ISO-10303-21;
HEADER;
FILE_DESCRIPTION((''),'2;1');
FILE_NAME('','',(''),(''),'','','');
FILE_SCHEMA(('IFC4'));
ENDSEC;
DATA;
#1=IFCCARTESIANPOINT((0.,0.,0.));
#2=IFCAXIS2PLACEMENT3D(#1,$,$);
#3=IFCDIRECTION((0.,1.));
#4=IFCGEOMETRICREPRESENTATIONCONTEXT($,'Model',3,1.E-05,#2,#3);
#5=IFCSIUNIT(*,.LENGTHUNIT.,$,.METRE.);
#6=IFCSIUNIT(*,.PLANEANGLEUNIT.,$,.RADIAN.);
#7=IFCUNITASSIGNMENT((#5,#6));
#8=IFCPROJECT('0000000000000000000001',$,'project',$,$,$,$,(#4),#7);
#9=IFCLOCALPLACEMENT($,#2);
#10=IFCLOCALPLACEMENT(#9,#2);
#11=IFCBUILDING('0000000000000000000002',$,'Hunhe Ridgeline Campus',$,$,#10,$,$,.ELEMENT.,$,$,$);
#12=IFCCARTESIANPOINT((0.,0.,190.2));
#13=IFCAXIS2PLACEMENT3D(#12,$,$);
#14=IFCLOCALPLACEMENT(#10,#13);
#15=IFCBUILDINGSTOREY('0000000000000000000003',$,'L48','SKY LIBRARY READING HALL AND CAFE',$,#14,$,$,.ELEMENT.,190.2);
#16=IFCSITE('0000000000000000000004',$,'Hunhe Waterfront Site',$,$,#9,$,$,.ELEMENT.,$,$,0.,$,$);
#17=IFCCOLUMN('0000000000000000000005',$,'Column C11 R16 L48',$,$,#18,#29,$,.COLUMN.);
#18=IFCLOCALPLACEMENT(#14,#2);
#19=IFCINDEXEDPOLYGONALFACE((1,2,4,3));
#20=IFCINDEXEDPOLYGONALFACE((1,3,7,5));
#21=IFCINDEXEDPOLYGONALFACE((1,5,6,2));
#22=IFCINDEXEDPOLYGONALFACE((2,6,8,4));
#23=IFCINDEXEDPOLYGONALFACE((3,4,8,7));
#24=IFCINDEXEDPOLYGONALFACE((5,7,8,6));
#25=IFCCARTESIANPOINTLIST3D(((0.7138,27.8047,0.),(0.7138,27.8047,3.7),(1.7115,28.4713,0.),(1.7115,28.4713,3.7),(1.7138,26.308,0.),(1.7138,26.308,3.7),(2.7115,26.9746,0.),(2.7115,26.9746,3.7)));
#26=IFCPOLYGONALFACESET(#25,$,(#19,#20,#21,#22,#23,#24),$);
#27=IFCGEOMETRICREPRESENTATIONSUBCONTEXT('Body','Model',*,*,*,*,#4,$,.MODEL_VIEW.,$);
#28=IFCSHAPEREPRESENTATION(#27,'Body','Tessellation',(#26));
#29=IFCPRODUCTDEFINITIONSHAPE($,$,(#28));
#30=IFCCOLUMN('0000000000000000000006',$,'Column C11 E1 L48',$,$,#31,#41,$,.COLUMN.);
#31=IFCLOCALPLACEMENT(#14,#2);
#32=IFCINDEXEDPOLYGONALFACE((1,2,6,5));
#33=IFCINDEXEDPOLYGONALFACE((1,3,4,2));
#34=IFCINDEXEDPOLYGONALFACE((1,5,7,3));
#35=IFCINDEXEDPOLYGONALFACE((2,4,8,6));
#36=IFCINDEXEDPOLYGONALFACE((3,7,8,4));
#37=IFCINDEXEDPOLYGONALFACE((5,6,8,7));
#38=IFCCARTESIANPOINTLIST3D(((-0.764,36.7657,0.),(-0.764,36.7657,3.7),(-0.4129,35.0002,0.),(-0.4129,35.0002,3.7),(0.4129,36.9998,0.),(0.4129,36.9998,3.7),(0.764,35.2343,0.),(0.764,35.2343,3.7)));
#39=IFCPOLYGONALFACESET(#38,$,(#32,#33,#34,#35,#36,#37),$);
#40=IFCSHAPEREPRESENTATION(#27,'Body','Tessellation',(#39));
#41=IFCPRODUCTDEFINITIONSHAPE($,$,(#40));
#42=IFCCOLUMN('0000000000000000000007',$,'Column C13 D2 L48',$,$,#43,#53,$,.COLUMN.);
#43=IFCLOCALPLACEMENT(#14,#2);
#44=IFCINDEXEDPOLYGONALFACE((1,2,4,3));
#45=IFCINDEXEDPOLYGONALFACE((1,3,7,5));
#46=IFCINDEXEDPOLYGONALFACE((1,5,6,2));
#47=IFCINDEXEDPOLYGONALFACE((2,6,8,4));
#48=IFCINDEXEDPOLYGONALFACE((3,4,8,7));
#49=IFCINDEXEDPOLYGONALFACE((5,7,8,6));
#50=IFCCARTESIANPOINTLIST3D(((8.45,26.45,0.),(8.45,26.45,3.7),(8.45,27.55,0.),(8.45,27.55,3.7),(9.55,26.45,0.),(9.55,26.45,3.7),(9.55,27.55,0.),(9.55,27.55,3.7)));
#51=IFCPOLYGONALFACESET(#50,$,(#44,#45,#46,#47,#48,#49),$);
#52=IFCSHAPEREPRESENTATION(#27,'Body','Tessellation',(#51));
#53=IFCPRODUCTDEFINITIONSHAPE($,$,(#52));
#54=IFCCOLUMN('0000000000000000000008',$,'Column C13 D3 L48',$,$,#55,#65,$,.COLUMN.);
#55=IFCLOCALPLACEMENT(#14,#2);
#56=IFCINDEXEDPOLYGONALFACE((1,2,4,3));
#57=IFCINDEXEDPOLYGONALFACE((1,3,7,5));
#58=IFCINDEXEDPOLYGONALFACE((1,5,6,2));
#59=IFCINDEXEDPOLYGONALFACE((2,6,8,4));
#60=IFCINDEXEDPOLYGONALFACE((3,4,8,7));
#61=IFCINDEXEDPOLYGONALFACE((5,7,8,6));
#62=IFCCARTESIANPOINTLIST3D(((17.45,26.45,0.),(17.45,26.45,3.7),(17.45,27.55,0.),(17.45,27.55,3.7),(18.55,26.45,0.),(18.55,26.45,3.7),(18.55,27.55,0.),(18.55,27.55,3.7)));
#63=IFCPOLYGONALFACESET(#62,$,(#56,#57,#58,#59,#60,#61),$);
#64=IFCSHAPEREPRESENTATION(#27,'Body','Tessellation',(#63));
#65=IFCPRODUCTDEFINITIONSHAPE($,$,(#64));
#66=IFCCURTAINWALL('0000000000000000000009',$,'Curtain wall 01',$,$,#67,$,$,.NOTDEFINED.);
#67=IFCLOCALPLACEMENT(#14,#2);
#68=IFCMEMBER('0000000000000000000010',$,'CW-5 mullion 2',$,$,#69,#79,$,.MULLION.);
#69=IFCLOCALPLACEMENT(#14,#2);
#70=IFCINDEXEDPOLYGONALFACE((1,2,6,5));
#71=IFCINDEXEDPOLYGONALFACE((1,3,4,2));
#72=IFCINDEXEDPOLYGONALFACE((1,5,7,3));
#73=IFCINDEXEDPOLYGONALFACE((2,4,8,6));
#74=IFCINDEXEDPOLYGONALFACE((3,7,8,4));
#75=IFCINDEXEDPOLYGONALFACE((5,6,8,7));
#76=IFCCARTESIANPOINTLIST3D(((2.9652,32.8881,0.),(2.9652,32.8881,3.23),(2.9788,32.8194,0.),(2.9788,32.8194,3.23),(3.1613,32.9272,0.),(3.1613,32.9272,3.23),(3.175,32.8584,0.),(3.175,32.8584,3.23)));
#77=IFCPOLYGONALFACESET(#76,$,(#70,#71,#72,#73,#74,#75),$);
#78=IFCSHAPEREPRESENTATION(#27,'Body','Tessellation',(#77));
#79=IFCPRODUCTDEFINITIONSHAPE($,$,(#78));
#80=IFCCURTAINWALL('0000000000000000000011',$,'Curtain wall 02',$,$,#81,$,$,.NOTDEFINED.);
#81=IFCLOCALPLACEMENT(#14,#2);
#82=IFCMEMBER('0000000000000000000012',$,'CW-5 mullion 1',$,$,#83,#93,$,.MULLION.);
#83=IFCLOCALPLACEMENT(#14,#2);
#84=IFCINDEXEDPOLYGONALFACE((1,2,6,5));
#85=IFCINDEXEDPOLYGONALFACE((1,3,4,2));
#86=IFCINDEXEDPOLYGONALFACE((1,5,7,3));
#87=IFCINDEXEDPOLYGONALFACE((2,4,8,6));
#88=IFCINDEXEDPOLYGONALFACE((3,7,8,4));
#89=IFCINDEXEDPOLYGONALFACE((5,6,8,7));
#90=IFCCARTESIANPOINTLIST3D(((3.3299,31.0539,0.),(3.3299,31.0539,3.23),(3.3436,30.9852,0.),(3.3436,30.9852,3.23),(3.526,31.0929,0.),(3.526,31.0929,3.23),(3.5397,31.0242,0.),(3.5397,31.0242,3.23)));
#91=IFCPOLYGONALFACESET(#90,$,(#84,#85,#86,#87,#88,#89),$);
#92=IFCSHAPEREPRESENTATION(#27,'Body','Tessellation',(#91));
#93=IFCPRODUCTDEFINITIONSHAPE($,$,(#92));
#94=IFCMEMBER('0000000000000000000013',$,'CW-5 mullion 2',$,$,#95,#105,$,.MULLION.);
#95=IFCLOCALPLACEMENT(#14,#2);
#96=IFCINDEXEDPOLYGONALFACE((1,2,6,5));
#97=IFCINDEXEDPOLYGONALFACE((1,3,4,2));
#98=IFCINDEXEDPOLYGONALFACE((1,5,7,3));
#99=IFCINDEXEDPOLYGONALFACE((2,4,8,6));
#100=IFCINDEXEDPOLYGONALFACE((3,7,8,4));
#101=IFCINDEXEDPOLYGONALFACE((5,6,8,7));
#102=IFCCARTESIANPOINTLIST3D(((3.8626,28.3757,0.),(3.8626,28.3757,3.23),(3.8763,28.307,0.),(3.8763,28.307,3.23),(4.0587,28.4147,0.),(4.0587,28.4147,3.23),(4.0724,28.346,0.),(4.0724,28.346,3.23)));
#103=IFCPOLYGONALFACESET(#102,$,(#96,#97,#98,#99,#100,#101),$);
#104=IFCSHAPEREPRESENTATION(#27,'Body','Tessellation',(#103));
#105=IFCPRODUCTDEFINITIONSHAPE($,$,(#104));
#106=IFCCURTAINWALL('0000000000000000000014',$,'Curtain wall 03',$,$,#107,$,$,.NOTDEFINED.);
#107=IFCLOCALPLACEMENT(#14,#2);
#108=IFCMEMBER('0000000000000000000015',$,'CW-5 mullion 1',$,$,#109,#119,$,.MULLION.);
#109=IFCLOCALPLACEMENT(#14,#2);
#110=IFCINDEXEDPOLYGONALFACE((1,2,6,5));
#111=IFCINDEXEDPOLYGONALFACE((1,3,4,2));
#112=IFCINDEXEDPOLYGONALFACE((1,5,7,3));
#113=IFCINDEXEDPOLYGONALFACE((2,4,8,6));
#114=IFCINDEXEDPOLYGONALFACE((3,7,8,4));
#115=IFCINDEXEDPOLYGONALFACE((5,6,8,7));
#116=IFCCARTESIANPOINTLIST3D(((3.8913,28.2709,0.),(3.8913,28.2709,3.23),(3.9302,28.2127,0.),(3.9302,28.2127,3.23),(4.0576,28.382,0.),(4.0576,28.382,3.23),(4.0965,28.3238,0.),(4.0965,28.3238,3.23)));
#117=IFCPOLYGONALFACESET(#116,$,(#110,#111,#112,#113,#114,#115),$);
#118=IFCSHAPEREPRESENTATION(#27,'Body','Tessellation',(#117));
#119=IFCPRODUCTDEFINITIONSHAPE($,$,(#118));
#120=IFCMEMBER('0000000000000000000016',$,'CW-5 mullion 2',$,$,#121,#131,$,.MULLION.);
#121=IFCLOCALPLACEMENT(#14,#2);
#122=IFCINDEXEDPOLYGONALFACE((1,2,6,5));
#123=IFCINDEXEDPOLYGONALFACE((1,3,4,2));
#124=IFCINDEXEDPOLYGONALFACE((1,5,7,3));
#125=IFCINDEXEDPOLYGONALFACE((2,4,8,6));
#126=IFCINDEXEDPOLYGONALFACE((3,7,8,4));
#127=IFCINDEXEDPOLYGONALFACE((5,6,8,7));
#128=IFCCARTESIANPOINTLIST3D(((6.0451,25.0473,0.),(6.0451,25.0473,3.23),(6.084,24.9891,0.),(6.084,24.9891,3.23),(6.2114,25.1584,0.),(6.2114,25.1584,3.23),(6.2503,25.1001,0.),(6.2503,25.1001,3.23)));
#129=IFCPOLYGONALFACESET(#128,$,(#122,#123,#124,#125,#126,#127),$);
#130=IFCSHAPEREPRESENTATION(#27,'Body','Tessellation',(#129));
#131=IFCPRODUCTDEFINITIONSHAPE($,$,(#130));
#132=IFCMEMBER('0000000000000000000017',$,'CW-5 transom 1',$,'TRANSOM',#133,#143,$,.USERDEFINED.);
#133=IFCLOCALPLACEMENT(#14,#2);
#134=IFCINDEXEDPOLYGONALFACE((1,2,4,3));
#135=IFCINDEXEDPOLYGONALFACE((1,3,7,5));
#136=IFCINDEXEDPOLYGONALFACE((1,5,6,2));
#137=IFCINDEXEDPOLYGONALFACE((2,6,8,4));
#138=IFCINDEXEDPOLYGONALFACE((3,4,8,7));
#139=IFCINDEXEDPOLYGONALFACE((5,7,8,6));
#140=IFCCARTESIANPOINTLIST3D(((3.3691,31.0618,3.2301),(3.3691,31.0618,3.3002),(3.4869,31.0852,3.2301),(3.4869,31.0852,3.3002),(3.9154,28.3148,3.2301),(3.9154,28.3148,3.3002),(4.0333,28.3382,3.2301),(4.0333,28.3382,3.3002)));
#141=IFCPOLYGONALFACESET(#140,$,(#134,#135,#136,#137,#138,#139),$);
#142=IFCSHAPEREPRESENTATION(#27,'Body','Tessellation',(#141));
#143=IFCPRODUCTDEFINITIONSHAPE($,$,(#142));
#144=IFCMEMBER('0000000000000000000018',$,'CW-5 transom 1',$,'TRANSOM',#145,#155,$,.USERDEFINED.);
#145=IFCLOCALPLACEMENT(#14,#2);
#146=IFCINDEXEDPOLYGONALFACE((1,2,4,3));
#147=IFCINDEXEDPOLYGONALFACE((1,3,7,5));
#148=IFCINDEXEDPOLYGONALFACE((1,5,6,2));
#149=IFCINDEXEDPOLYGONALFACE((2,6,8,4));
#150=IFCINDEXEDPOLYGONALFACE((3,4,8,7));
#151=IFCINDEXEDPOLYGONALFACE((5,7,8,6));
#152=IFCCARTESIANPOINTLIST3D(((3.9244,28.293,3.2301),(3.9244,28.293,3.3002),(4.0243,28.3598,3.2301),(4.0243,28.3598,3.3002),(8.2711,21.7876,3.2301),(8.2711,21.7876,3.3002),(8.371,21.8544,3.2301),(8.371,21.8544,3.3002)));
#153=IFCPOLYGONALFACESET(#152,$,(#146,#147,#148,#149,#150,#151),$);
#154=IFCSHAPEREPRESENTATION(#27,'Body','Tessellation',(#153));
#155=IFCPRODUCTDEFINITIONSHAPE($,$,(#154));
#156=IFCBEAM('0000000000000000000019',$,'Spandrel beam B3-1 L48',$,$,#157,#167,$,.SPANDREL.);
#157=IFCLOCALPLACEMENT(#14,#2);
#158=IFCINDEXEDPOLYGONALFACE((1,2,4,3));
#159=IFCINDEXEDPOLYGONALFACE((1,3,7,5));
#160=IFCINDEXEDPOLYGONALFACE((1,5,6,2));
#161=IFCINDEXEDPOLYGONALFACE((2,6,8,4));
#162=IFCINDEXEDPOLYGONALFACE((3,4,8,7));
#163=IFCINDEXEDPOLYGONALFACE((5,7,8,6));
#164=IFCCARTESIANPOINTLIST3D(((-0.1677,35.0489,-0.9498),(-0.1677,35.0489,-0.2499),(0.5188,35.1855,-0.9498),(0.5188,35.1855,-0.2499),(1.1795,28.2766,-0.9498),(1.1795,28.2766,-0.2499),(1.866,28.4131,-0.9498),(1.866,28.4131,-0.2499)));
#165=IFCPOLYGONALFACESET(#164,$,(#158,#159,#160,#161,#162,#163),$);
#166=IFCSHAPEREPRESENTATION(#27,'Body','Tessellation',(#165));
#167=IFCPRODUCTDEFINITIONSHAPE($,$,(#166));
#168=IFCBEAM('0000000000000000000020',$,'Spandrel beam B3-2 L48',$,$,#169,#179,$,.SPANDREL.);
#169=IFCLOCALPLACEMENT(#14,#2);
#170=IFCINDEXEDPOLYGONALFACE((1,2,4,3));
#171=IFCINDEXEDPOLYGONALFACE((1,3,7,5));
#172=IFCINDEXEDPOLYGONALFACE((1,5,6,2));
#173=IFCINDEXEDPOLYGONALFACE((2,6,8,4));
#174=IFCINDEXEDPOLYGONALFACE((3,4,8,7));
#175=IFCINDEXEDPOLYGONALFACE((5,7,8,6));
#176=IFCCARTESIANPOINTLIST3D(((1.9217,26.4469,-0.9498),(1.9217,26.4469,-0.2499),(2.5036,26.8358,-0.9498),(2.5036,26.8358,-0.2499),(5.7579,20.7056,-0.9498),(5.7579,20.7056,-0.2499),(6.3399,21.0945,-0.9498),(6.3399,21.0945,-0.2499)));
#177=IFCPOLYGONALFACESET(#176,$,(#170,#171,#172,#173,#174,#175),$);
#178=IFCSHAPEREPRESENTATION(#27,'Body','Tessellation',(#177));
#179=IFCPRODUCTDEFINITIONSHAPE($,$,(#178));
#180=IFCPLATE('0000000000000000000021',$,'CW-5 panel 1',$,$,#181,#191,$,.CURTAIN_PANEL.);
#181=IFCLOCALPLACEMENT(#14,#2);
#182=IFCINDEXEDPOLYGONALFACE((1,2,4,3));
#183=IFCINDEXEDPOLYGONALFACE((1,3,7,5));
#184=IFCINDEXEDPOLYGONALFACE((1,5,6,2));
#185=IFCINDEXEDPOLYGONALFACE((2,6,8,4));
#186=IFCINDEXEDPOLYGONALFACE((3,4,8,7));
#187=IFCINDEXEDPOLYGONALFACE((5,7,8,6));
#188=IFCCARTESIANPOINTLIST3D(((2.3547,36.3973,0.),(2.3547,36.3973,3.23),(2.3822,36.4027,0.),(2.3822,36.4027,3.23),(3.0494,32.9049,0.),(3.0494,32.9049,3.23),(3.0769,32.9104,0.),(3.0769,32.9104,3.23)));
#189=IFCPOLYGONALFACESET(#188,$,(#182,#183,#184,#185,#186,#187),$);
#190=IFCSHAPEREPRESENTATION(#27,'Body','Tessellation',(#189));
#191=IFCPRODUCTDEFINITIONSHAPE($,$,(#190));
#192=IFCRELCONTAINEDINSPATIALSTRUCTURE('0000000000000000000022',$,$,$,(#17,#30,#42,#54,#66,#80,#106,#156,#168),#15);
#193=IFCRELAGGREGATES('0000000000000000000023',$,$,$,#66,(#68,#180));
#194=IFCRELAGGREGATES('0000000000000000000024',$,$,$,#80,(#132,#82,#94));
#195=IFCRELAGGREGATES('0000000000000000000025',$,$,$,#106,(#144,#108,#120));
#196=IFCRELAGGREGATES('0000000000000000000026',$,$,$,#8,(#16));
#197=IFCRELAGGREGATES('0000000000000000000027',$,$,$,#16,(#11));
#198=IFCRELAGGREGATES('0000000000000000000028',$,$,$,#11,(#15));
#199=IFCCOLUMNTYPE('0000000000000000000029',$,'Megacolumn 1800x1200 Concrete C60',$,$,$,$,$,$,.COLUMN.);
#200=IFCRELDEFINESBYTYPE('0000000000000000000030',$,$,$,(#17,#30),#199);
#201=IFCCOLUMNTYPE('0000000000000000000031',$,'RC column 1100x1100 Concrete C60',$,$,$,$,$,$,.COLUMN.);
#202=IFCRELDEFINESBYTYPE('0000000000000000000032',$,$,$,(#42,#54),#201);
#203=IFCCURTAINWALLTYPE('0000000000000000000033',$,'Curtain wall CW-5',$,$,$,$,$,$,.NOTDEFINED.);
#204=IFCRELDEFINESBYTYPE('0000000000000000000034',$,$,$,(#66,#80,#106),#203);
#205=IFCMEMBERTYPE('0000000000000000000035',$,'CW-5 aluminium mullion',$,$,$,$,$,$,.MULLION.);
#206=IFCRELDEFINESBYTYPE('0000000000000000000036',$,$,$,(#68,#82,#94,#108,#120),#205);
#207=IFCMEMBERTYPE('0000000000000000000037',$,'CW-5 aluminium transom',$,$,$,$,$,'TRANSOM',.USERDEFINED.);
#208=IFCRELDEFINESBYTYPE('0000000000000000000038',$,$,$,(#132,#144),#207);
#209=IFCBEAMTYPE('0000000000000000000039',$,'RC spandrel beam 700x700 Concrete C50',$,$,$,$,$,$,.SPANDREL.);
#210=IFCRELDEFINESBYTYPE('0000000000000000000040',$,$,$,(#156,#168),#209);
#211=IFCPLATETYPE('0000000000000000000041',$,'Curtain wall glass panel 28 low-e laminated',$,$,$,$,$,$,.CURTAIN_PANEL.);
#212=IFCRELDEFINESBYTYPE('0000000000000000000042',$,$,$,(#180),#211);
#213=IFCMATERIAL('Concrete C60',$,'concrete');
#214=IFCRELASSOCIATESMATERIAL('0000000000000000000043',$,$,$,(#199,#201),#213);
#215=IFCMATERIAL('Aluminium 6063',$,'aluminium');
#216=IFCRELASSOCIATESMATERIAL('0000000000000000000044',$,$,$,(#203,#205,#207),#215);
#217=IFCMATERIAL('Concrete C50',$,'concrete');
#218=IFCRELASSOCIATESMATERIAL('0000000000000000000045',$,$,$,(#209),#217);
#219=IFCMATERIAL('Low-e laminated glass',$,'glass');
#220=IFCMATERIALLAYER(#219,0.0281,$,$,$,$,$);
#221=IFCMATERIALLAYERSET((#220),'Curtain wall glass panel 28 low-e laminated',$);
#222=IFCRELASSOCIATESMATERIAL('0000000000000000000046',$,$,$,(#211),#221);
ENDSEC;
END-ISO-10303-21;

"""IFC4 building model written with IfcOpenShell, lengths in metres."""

from ifc_helpers import new_model, si_unit, direction, frame, origin, origin_2d, place, context, subcontext, project, spatial, rectangle, extrude, material, layer, layer_set, material_profile, profile_set, type_object, element, aggregate, save


model = new_model("IFC4")

# Units and contexts
model_context = context("Model", 3, precision=1e-05, world=origin(), true_north=direction((0.0, 1.0)))
body_context = subcontext(model_context, "Body", "Model", "MODEL_VIEW")
ifc_project = project(units=[si_unit("LENGTHUNIT", "METRE"), si_unit("PLANEANGLEUNIT", "RADIAN")], contexts=[model_context])

# Site, building, storey
site_placement = place(None, origin())
site = spatial("IfcSite", under=ifc_project, at=site_placement, Name="Hunhe Waterfront Site", CompositionType="ELEMENT", RefElevation=0.0)
building_placement = place(site_placement, origin())
building = spatial("IfcBuilding", under=site, at=building_placement, Name="Hunhe Ridgeline Campus", CompositionType="ELEMENT")
storey_placement = place(building_placement, frame((0.0, 0.0, 190.2)))
storey = spatial("IfcBuildingStorey", under=building, at=storey_placement, Name="L48", Description="SKY LIBRARY READING HALL AND CAFE", CompositionType="ELEMENT", Elevation=190.2)

# Columns
ifc_material_1 = material(Name="Concrete C60", Category="concrete")
ifc_material_profile_1 = material_profile(ifc_material_1, rectangle(XDim=1.8, YDim=1.2, at=origin_2d()))
ifc_profile_set_1 = profile_set([ifc_material_profile_1], Name="Concrete C60")
column_type_1 = type_object("IfcColumnType", Name="Megacolumn 1800x1200 Concrete C60", PredefinedType="COLUMN", material=ifc_profile_set_1)
for number, where, z_axis, x_axis, name in (
    (1, (1.7126, 27.3896, 0.0), (0.0, 0.0, 1.0), (-0.55557, 0.83147, 0.0), "Column C11 R16 L48"),
    (2, (0.0, 36.0, 0.0), (0.0, 0.0, 1.0), (-0.19509, 0.980785, 0.0), "Column C11 E1 L48"),
):
    element("IfcColumn", number, at=place(storey_placement, frame(where, z_axis=z_axis, x_axis=x_axis)), inside=storey, type_object=column_type_1, Name=name, PredefinedType="COLUMN", context=body_context, shape_type="SweptSolid", body=[
        extrude(rectangle(XDim=1.8, YDim=1.2, at=origin_2d()), origin(), (0.0, 0.0, 1.0), 3.7),
    ])
ifc_material_profile_2 = material_profile(ifc_material_1, rectangle(XDim=1.1001, YDim=1.1001, at=origin_2d()))
ifc_profile_set_2 = profile_set([ifc_material_profile_2], Name="Concrete C60")
column_type_2 = type_object("IfcColumnType", Name="RC column 1100x1100 Concrete C60", PredefinedType="COLUMN", material=ifc_profile_set_2)
for number, where, z_axis, x_axis, name in (
    (3, (9.0, 27.0, 0.0), (0.0, 0.0, 1.0), (1.0, 0.0, 0.0), "Column C13 D2 L48"),
    (4, (18.0, 27.0, 0.0), (0.0, 0.0, 1.0), (1.0, 0.0, 0.0), "Column C13 D3 L48"),
):
    element("IfcColumn", number, at=place(storey_placement, frame(where, z_axis=z_axis, x_axis=x_axis)), inside=storey, type_object=column_type_2, Name=name, PredefinedType="COLUMN", context=body_context, shape_type="SweptSolid", body=[
        extrude(rectangle(XDim=1.1001, YDim=1.1001, at=origin_2d()), origin(), (0.0, 0.0, 1.0), 3.7),
    ])

# Curtain wall, member
ifc_material_2 = material(Name="Aluminium 6063", Category="aluminium")
curtain_wall_type = type_object("IfcCurtainWallType", Name="Curtain wall CW-5", PredefinedType="NOTDEFINED", material=ifc_material_2)
curtain_wall_1_placement = place(storey_placement, origin())
curtain_wall_1 = element("IfcCurtainWall", 5, at=curtain_wall_1_placement, inside=storey, type_object=curtain_wall_type, Name="Curtain wall 01", PredefinedType="NOTDEFINED")
ifc_material_profile_3 = material_profile(ifc_material_2, rectangle(XDim=0.2, YDim=0.0701, at=origin_2d()))
ifc_profile_set_3 = profile_set([ifc_material_profile_3], Name="Aluminium 6063")
member_type_1 = type_object("IfcMemberType", Name="CW-5 aluminium mullion", PredefinedType="MULLION", material=ifc_profile_set_3)
member_1_placement = place(storey_placement, frame((3.0701, 32.8733, 0.0), z_axis=(0.0, 0.0, 1.0), x_axis=(0.980784, 0.195095, 0.0)))
member_1 = element("IfcMember", 6, at=member_1_placement, type_object=member_type_1, Name="CW-5 mullion 2", PredefinedType="MULLION", context=body_context, shape_type="SweptSolid", body=[
    extrude(rectangle(XDim=0.2, YDim=0.0701, at=origin_2d()), origin(), (0.0, 0.0, 1.0), 3.23),
])

# Curtain walls, members
curtain_wall_2_placement = place(storey_placement, origin())
curtain_wall_2 = element("IfcCurtainWall", 7, at=curtain_wall_2_placement, inside=storey, type_object=curtain_wall_type, Name="Curtain wall 02", PredefinedType="NOTDEFINED")
member_2_placement = place(storey_placement, frame((3.4348, 31.0391, 0.0), z_axis=(0.0, 0.0, 1.0), x_axis=(0.980784, 0.195095, 0.0)))
member_2 = element("IfcMember", 8, at=member_2_placement, type_object=member_type_1, Name="CW-5 mullion 1", PredefinedType="MULLION", context=body_context, shape_type="SweptSolid", body=[
    extrude(rectangle(XDim=0.2, YDim=0.0701, at=origin_2d()), origin(), (0.0, 0.0, 1.0), 3.23),
])
member_3_placement = place(storey_placement, frame((3.9675, 28.3608, 0.0), z_axis=(0.0, 0.0, 1.0), x_axis=(0.980784, 0.195095, 0.0)))
member_3 = element("IfcMember", 9, at=member_3_placement, type_object=member_type_1, Name="CW-5 mullion 2", PredefinedType="MULLION", context=body_context, shape_type="SweptSolid", body=[
    extrude(rectangle(XDim=0.2, YDim=0.0701, at=origin_2d()), origin(), (0.0, 0.0, 1.0), 3.23),
])
curtain_wall_3_placement = place(storey_placement, origin())
curtain_wall_3 = element("IfcCurtainWall", 10, at=curtain_wall_3_placement, inside=storey, type_object=curtain_wall_type, Name="Curtain wall 03", PredefinedType="NOTDEFINED")
member_4_placement = place(storey_placement, frame((3.9939, 28.2974, 0.0), z_axis=(0.0, 0.0, 1.0), x_axis=(0.83147, 0.55557, 0.0)))
member_4 = element("IfcMember", 11, at=member_4_placement, type_object=member_type_1, Name="CW-5 mullion 1", PredefinedType="MULLION", context=body_context, shape_type="SweptSolid", body=[
    extrude(rectangle(XDim=0.2, YDim=0.0701, at=origin_2d()), origin(), (0.0, 0.0, 1.0), 3.23),
])
member_5_placement = place(storey_placement, frame((6.1477, 25.0737, 0.0), z_axis=(0.0, 0.0, 1.0), x_axis=(0.83147, 0.55557, 0.0)))
member_5 = element("IfcMember", 12, at=member_5_placement, type_object=member_type_1, Name="CW-5 mullion 2", PredefinedType="MULLION", context=body_context, shape_type="SweptSolid", body=[
    extrude(rectangle(XDim=0.2, YDim=0.0701, at=origin_2d()), origin(), (0.0, 0.0, 1.0), 3.23),
])

# Members
ifc_material_profile_4 = material_profile(ifc_material_2, rectangle(XDim=0.1201, YDim=0.0701, at=origin_2d()))
ifc_profile_set_4 = profile_set([ifc_material_profile_4], Name="Aluminium 6063")
member_type_2 = type_object("IfcMemberType", Name="CW-5 aluminium transom", ElementType="TRANSOM", PredefinedType="USERDEFINED", material=ifc_profile_set_4)
member_6_placement = place(storey_placement, frame((3.428, 31.0735, 3.2651), z_axis=(0.195077, -0.980788, 0.0), x_axis=(0.980788, 0.195077, 0.0)))
member_6 = element("IfcMember", 13, at=member_6_placement, type_object=member_type_2, Name="CW-5 transom 1", ObjectType="TRANSOM", PredefinedType="USERDEFINED", context=body_context, shape_type="SweptSolid", body=[
    extrude(rectangle(XDim=0.1201, YDim=0.0701, at=origin_2d()), origin(), (0.0, 0.0, 1.0), 2.8008),
])
member_7_placement = place(storey_placement, frame((3.9744, 28.3264, 3.2651), z_axis=(0.555564, -0.831474, 0.0), x_axis=(0.831474, 0.555564, 0.0)))
member_7 = element("IfcMember", 14, at=member_7_placement, type_object=member_type_2, Name="CW-5 transom 1", ObjectType="TRANSOM", PredefinedType="USERDEFINED", context=body_context, shape_type="SweptSolid", body=[
    extrude(rectangle(XDim=0.1201, YDim=0.0701, at=origin_2d()), origin(), (0.0, 0.0, 1.0), 7.824),
])

# Beams
ifc_material_3 = material(Name="Concrete C50", Category="concrete")
ifc_material_profile_5 = material_profile(ifc_material_3, rectangle(XDim=0.7, YDim=0.7, at=origin_2d()))
ifc_profile_set_5 = profile_set([ifc_material_profile_5], Name="Concrete C50")
beam_type = type_object("IfcBeamType", Name="RC spandrel beam 700x700 Concrete C50", PredefinedType="SPANDREL", material=ifc_profile_set_5)
for number, where, z_axis, x_axis, name in (
    (15, (0.1755, 35.1172, -0.5999), (0.195103, -0.980783, 0.0), (0.980783, 0.195103, 0.0), "Spandrel beam B3-1 L48"),
    (16, (2.2126, 26.6414, -0.5999), (0.555573, -0.831468, 0.0), (0.831468, 0.555573, 0.0), "Spandrel beam B3-2 L48"),
):
    element("IfcBeam", number, at=place(storey_placement, frame(where, z_axis=z_axis, x_axis=x_axis)), inside=storey, type_object=beam_type, Name=name, PredefinedType="SPANDREL", context=body_context, shape_type="SweptSolid", body=[
        extrude(rectangle(XDim=0.7, YDim=0.7, at=origin_2d()), origin(), (0.0, 0.0, 1.0), 6.905),
    ])

# Plate
ifc_material_4 = material(Name="Low-e laminated glass", Category="glass")
ifc_layer_1 = layer(ifc_material_4, 0.0281)
ifc_layer_set_1 = layer_set([ifc_layer_1], Name="Curtain wall glass panel 28 low-e laminated")
plate_type = type_object("IfcPlateType", Name="Curtain wall glass panel 28 low-e laminated", PredefinedType="CURTAIN_PANEL", material=ifc_layer_set_1)
plate_1_placement = place(storey_placement, frame((2.7158, 34.6538, 0.0), z_axis=(0.0, 0.0, 1.0), x_axis=(0.195095, -0.980784, 0.0)))
plate_1 = element("IfcPlate", 17, at=plate_1_placement, type_object=plate_type, Name="CW-5 panel 1", PredefinedType="CURTAIN_PANEL", context=body_context, shape_type="SweptSolid", body=[
    extrude(rectangle(XDim=3.5608, YDim=0.0281, at=origin_2d()), origin(), (0.0, 0.0, 1.0), 3.23),
])
aggregate(curtain_wall_1, [member_1, plate_1])
aggregate(curtain_wall_2, [member_6, member_2, member_3])
aggregate(curtain_wall_3, [member_7, member_4, member_5])

save(model, "model.ifc")
